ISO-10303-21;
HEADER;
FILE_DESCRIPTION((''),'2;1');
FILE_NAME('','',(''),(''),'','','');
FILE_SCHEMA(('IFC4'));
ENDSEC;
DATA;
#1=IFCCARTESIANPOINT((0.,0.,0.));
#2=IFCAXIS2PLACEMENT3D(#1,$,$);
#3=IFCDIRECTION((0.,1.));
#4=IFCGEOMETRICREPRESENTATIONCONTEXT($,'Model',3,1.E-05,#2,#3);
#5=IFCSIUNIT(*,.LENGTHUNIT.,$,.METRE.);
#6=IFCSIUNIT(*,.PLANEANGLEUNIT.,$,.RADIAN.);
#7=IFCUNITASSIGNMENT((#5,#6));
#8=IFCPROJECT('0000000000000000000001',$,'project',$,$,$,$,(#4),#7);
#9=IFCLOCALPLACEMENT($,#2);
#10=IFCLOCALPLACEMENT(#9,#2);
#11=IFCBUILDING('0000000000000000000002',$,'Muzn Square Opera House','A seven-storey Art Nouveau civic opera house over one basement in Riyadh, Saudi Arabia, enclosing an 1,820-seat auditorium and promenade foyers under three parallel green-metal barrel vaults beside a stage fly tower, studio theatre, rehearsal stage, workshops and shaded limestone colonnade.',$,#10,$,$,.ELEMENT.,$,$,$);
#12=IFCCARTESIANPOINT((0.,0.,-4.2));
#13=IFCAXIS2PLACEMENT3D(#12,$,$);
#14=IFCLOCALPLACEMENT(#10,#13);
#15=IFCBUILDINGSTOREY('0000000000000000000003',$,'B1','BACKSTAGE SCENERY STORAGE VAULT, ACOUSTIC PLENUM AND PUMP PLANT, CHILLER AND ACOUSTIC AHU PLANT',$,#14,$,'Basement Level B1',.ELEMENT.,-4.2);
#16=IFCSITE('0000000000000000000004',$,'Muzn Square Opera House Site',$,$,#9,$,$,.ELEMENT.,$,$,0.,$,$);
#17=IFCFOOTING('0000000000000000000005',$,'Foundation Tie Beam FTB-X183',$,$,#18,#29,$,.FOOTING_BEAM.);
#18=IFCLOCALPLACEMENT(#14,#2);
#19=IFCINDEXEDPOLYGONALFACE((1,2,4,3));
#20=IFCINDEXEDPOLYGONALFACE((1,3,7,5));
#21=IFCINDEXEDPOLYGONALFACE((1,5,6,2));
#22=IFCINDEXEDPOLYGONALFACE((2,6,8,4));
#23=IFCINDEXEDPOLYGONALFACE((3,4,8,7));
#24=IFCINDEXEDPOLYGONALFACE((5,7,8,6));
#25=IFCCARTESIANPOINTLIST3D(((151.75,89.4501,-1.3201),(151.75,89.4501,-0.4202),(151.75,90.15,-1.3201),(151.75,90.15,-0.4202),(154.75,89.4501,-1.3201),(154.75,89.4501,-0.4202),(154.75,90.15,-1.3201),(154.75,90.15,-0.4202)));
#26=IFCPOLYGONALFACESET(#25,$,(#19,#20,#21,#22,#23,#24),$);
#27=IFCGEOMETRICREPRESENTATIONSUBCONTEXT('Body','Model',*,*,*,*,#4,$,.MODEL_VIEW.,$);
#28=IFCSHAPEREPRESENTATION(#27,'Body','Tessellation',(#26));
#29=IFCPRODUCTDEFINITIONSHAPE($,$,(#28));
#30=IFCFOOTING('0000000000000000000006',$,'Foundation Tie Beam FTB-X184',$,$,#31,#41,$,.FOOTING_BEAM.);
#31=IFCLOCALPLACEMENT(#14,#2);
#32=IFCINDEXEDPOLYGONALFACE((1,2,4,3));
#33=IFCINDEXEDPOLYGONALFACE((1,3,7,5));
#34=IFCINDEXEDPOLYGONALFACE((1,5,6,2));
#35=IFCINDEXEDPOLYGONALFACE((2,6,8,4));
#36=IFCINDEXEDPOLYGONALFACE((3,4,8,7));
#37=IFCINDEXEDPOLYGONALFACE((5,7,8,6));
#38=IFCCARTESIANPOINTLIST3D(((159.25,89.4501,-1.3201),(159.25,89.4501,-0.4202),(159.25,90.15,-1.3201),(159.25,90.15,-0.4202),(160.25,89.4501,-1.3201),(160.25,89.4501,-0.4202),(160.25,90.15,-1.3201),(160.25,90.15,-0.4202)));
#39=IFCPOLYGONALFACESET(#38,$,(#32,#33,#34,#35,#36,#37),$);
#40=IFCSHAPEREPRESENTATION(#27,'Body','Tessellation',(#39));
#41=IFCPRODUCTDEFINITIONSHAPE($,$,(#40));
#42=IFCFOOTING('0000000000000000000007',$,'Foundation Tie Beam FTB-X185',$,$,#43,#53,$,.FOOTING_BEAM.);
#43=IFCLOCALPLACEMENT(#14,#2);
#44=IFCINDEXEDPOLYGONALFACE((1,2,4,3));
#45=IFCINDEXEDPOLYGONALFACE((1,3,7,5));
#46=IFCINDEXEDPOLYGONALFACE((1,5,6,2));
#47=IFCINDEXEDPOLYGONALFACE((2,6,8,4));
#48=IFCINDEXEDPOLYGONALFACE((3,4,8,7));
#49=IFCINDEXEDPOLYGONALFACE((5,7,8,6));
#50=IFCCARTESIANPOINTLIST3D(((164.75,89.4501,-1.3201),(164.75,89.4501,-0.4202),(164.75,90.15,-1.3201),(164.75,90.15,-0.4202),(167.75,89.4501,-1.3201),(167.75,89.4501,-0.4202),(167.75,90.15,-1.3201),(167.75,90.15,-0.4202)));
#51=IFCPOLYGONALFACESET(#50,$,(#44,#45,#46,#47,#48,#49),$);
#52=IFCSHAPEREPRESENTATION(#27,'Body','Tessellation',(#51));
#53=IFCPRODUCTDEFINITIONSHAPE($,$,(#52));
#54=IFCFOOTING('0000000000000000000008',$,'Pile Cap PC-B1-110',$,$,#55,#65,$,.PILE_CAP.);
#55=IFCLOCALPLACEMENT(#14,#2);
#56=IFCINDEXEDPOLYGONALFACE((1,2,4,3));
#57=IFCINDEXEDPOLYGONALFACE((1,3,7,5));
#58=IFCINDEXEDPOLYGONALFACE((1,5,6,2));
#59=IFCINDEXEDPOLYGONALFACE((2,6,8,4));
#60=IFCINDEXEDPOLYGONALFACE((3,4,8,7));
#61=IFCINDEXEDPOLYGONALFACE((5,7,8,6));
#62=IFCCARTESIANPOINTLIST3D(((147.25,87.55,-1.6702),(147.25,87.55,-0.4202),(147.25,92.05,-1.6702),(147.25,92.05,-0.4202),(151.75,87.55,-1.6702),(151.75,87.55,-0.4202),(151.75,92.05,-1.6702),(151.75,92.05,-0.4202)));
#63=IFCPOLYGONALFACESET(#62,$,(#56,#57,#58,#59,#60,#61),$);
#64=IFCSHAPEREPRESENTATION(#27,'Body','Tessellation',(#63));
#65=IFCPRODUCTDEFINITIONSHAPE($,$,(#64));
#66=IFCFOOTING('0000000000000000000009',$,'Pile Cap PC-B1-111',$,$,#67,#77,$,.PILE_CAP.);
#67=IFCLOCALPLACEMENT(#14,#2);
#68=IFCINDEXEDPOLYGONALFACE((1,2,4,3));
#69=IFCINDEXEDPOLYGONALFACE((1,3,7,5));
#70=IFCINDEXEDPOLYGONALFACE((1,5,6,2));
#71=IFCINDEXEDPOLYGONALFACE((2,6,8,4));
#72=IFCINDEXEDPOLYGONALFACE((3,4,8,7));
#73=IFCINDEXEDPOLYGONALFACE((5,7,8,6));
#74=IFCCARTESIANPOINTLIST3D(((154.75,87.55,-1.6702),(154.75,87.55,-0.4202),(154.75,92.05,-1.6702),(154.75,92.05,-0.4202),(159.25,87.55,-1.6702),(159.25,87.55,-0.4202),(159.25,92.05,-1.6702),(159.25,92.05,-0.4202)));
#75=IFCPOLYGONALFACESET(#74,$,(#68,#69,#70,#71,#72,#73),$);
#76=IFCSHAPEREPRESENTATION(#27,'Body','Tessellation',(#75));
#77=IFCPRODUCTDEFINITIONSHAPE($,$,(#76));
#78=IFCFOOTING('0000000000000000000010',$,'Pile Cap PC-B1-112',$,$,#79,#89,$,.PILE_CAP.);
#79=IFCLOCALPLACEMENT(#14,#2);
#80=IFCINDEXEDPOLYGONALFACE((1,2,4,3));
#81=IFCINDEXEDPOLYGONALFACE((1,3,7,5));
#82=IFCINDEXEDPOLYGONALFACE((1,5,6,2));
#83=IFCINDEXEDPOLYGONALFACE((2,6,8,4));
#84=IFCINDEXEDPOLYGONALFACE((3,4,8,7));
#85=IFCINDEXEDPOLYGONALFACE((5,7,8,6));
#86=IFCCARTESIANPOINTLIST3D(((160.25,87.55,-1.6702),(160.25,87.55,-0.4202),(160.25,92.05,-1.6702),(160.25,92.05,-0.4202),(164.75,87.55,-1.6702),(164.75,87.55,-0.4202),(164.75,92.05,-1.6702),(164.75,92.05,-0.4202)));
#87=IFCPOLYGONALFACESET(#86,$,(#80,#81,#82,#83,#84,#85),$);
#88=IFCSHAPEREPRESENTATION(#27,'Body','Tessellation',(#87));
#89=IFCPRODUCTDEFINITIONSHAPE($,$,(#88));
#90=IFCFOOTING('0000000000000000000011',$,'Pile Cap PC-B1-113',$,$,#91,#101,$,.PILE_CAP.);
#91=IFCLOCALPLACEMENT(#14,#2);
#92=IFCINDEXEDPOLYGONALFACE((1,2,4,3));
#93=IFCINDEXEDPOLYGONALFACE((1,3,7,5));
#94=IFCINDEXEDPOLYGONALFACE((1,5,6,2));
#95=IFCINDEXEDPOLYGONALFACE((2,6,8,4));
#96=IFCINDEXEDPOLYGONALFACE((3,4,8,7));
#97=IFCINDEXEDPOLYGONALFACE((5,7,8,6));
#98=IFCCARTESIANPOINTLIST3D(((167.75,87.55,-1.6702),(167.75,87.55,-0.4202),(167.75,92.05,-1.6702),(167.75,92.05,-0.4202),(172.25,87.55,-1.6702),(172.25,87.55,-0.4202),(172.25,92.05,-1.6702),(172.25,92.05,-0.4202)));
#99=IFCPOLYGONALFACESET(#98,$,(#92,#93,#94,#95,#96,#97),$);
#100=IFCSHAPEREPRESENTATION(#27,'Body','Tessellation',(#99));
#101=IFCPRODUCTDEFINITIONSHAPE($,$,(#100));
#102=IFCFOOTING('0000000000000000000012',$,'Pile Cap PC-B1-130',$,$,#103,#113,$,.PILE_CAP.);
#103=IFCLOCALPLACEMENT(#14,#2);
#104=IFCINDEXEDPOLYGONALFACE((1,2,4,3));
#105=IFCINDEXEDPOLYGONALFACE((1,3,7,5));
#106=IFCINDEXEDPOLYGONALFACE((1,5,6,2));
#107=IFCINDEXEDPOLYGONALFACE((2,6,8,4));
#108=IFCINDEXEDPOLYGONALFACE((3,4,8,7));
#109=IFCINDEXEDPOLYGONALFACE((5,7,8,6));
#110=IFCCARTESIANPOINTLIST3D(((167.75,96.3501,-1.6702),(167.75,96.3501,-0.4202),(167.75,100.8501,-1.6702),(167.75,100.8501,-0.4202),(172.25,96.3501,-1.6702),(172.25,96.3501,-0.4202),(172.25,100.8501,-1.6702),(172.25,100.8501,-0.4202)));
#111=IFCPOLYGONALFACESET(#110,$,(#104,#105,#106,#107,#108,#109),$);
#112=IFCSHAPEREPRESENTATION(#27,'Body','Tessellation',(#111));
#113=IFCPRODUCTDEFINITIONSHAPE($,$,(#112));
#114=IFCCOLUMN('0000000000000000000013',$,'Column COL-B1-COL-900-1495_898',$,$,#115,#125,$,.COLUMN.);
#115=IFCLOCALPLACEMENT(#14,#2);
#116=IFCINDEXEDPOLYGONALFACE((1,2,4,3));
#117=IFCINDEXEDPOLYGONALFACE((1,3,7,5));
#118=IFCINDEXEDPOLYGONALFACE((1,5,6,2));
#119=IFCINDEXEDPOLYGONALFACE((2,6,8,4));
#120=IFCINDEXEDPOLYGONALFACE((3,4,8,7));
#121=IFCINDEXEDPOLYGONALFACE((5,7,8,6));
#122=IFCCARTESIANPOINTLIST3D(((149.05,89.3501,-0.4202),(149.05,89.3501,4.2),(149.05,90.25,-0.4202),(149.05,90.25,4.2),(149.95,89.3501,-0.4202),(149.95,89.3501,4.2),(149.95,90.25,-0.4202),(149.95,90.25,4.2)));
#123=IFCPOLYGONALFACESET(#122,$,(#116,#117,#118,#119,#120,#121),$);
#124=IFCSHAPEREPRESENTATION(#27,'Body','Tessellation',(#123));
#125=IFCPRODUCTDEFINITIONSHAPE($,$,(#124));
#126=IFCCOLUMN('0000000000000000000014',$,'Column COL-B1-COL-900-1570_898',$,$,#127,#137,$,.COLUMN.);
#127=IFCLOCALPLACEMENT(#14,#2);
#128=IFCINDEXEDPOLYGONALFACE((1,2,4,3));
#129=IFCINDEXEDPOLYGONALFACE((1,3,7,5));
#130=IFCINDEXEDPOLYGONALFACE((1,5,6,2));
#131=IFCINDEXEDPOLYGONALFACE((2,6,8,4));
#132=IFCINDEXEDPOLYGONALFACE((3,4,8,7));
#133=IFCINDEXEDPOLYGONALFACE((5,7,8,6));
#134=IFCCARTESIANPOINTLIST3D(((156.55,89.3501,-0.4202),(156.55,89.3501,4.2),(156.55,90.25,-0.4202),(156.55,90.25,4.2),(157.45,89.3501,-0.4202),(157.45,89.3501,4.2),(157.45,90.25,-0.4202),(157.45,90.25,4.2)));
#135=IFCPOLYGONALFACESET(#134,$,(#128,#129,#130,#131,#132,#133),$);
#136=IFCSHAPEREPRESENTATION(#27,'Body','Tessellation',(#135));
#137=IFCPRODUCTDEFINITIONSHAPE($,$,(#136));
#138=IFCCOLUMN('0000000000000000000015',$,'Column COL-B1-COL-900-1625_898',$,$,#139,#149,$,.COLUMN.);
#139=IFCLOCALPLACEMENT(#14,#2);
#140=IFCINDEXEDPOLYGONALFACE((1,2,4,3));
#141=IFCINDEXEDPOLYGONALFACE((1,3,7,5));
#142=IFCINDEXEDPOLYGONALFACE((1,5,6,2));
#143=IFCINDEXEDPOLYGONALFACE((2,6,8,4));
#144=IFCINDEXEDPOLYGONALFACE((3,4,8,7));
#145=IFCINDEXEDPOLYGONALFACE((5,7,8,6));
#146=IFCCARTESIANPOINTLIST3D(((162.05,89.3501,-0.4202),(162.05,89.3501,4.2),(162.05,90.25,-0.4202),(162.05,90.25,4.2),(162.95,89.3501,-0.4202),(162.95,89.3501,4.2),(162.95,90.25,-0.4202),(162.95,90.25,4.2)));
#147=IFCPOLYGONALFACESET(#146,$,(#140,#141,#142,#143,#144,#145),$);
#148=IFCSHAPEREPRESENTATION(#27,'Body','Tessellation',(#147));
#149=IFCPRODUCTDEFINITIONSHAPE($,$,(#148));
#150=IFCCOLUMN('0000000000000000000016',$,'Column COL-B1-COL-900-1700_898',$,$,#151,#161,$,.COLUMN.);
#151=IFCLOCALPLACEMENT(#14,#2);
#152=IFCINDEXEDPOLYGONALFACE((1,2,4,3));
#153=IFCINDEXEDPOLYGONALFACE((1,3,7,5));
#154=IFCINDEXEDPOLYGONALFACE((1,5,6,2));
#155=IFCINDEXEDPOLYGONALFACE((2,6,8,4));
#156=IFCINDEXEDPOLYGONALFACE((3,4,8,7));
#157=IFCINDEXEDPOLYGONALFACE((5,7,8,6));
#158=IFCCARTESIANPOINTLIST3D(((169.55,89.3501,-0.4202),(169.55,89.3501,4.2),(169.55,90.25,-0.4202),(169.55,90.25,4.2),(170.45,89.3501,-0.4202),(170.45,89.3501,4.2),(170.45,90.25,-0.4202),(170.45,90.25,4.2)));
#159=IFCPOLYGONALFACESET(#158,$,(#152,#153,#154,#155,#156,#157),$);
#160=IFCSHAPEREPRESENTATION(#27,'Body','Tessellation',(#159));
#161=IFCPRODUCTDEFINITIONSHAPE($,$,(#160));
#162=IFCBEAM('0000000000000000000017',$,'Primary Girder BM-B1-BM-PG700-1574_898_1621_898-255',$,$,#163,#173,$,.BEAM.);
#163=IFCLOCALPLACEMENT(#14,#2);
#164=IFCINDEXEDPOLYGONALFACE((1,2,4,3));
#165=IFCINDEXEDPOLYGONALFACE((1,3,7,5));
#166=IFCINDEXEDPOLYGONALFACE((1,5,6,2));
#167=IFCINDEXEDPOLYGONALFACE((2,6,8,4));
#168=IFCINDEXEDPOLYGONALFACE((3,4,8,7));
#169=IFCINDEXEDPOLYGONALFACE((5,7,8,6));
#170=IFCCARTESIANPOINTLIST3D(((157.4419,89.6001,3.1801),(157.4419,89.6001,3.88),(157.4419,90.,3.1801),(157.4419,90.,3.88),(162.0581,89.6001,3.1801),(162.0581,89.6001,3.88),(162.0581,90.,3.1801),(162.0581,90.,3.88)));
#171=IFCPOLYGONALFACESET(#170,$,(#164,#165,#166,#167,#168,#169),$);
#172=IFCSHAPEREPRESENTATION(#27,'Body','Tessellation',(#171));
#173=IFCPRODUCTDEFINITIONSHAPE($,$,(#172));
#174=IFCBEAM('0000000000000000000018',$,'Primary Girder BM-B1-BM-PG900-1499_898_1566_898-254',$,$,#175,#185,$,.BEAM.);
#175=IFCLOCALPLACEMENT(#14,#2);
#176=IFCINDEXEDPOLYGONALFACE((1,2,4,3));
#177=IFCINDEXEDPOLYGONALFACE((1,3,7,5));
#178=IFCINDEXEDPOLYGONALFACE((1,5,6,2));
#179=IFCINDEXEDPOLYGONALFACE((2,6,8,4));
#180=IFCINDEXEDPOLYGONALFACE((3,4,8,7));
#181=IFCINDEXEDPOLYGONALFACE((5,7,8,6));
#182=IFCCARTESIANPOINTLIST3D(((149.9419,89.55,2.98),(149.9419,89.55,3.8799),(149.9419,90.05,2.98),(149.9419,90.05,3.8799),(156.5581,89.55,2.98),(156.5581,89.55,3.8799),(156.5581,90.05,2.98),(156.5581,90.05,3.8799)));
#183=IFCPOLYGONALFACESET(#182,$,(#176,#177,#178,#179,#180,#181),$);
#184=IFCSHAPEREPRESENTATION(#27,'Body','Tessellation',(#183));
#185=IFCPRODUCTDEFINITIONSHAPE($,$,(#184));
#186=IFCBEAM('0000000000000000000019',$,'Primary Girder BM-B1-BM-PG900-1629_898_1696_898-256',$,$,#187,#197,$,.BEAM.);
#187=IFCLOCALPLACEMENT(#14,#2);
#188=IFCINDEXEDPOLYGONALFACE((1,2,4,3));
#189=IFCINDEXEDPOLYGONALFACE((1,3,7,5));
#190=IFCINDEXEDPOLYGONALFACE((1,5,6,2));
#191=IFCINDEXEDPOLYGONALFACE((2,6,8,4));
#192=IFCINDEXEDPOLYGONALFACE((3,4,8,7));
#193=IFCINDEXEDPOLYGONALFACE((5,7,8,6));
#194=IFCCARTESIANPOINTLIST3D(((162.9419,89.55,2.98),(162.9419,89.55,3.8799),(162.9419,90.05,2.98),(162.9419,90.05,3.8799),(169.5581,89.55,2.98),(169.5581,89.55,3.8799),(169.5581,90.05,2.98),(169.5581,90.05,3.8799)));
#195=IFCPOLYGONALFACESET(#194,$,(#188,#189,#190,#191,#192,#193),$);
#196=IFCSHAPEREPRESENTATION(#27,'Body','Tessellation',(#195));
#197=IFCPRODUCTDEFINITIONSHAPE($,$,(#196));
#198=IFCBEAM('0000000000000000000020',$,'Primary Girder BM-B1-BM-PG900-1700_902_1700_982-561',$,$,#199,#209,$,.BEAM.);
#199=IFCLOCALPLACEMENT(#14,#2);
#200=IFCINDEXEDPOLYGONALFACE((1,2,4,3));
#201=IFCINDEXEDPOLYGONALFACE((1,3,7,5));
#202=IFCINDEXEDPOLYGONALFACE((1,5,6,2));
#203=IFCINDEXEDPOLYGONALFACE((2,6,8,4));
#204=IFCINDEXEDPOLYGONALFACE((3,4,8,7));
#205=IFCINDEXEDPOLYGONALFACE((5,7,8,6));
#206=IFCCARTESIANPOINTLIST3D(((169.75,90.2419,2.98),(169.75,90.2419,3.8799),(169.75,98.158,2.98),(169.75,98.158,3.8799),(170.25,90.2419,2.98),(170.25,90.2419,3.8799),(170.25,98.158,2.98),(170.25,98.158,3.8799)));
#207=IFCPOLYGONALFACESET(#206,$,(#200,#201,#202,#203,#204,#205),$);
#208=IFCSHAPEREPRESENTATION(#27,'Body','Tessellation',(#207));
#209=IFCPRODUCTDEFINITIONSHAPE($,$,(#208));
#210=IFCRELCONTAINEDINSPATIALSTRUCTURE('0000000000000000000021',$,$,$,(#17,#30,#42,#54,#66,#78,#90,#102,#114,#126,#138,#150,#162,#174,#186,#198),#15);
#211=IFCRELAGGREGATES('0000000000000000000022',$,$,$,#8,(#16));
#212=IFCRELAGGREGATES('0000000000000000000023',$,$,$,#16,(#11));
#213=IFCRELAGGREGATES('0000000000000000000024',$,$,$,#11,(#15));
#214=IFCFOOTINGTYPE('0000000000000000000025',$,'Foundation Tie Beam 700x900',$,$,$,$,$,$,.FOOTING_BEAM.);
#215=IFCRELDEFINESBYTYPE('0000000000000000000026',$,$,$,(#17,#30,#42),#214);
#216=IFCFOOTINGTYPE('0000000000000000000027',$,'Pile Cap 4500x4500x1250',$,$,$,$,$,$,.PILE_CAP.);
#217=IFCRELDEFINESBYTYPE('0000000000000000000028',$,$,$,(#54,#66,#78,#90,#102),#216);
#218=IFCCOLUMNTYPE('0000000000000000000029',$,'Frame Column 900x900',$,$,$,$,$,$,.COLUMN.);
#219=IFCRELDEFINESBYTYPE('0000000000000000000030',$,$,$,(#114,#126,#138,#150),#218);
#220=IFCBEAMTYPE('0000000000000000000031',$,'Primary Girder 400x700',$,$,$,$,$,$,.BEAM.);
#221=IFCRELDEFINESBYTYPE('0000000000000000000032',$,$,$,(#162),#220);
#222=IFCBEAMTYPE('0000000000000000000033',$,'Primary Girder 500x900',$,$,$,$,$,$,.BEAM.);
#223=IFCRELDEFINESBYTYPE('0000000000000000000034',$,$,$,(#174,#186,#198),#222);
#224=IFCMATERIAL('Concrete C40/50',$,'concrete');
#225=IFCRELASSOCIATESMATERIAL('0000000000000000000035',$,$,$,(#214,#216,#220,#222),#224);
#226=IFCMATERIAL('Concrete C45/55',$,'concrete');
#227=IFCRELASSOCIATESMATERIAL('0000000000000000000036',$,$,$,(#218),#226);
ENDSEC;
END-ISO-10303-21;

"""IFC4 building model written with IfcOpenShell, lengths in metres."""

from ifc_helpers import new_model, si_unit, direction, frame, origin, origin_2d, place, context, subcontext, project, spatial, rectangle, extrude, material, material_profile, profile_set, type_object, element, save


model = new_model("IFC4")

# Units and contexts
model_context = context("Model", 3, precision=1e-05, world=origin(), true_north=direction((0.0, 1.0)))
body_context = subcontext(model_context, "Body", "Model", "MODEL_VIEW")
ifc_project = project(units=[si_unit("LENGTHUNIT", "METRE"), si_unit("PLANEANGLEUNIT", "RADIAN")], contexts=[model_context])

# Site, building, storey
site_placement = place(None, origin())
site = spatial("IfcSite", under=ifc_project, at=site_placement, Name="Muzn Square Opera House Site", CompositionType="ELEMENT", RefElevation=0.0)
building_placement = place(site_placement, origin())
building = spatial("IfcBuilding", under=site, at=building_placement, Name="Muzn Square Opera House", Description="A seven-storey Art Nouveau civic opera house over one basement in Riyadh, Saudi Arabia, enclosing an 1,820-seat auditorium and promenade foyers under three parallel green-metal barrel vaults beside a stage fly tower, studio theatre, rehearsal stage, workshops and shaded limestone colonnade.", CompositionType="ELEMENT")
storey_placement = place(building_placement, frame((0.0, 0.0, -4.2)))
storey = spatial("IfcBuildingStorey", under=building, at=storey_placement, Name="B1", Description="BACKSTAGE SCENERY STORAGE VAULT, ACOUSTIC PLENUM AND PUMP PLANT, CHILLER AND ACOUSTIC AHU PLANT", LongName="Basement Level B1", CompositionType="ELEMENT", Elevation=-4.2)

# Shared definitions
ifc_material_1 = material(Name="Concrete C40/50", Category="concrete")

# Footings
ifc_material_profile_1 = material_profile(ifc_material_1, rectangle(XDim=0.7, YDim=0.8999, at=origin_2d()), Name="RCTB 700x900", Category="concrete")
ifc_profile_set_1 = profile_set([ifc_material_profile_1], Name="Concrete C40/50")
footing_type_1 = type_object("IfcFootingType", Name="Foundation Tie Beam 700x900", PredefinedType="FOOTING_BEAM", material=ifc_profile_set_1)
footing_1_placement = place(storey_placement, frame((151.75, 89.8, -0.8701), z_axis=(1.0, 0.0, 0.0), x_axis=(0.0, 1.0, 0.0)))
element("IfcFooting", 1, at=footing_1_placement, inside=storey, type_object=footing_type_1, Name="Foundation Tie Beam FTB-X183", PredefinedType="FOOTING_BEAM", context=body_context, shape_type="SweptSolid", body=[
    extrude(rectangle(XDim=0.7, YDim=0.8999, at=origin_2d()), origin(), (0.0, 0.0, 1.0), 3.0),
])
footing_2_placement = place(storey_placement, frame((159.25, 89.8, -0.8701), z_axis=(1.0, 0.0, 0.0), x_axis=(0.0, 1.0, 0.0)))
element("IfcFooting", 2, at=footing_2_placement, inside=storey, type_object=footing_type_1, Name="Foundation Tie Beam FTB-X184", PredefinedType="FOOTING_BEAM", context=body_context, shape_type="SweptSolid", body=[
    extrude(rectangle(XDim=0.7, YDim=0.8999, at=origin_2d()), origin(), (0.0, 0.0, 1.0), 1.0),
])
footing_3_placement = place(storey_placement, frame((164.75, 89.8, -0.8701), z_axis=(1.0, 0.0, 0.0), x_axis=(0.0, 1.0, 0.0)))
element("IfcFooting", 3, at=footing_3_placement, inside=storey, type_object=footing_type_1, Name="Foundation Tie Beam FTB-X185", PredefinedType="FOOTING_BEAM", context=body_context, shape_type="SweptSolid", body=[
    extrude(rectangle(XDim=0.7, YDim=0.8999, at=origin_2d()), origin(), (0.0, 0.0, 1.0), 3.0),
])
footing_type_2 = type_object("IfcFootingType", Name="Pile Cap 4500x4500x1250", PredefinedType="PILE_CAP", material=ifc_material_1)
for number, where, z_axis, x_axis, name in (
    (4, (149.5, 89.8, -1.6702), (0.0, 0.0, 1.0), (1.0, 0.0, 0.0), "Pile Cap PC-B1-110"),
    (5, (157.0, 89.8, -1.6702), (0.0, 0.0, 1.0), (1.0, 0.0, 0.0), "Pile Cap PC-B1-111"),
    (6, (162.5, 89.8, -1.6702), (0.0, 0.0, 1.0), (1.0, 0.0, 0.0), "Pile Cap PC-B1-112"),
    (7, (170.0, 89.8, -1.6702), (0.0, 0.0, 1.0), (1.0, 0.0, 0.0), "Pile Cap PC-B1-113"),
    (8, (170.0, 98.6001, -1.6702), (0.0, 0.0, 1.0), (1.0, 0.0, 0.0), "Pile Cap PC-B1-130"),
):
    element("IfcFooting", number, at=place(storey_placement, frame(where, z_axis=z_axis, x_axis=x_axis)), inside=storey, type_object=footing_type_2, Name=name, PredefinedType="PILE_CAP", context=body_context, shape_type="SweptSolid", body=[
        extrude(rectangle(XDim=4.5, YDim=4.5, at=origin_2d()), origin(), (0.0, 0.0, 1.0), 1.25),
    ])

# Columns
ifc_material_2 = material(Name="Concrete C45/55", Category="concrete")
ifc_material_profile_2 = material_profile(ifc_material_2, rectangle(XDim=0.8999, YDim=0.8999, at=origin_2d()), Name="RC 900x900", Category="concrete")
ifc_profile_set_2 = profile_set([ifc_material_profile_2], Name="Concrete C45/55")
column_type = type_object("IfcColumnType", Name="Frame Column 900x900", PredefinedType="COLUMN", material=ifc_profile_set_2)
for number, where, z_axis, x_axis, name in (
    (9, (149.5, 89.8, -0.4202), (0.0, 0.0, 1.0), (1.0, 0.0, 0.0), "Column COL-B1-COL-900-1495_898"),
    (10, (157.0, 89.8, -0.4202), (0.0, 0.0, 1.0), (1.0, 0.0, 0.0), "Column COL-B1-COL-900-1570_898"),
    (11, (162.5, 89.8, -0.4202), (0.0, 0.0, 1.0), (1.0, 0.0, 0.0), "Column COL-B1-COL-900-1625_898"),
    (12, (170.0, 89.8, -0.4202), (0.0, 0.0, 1.0), (1.0, 0.0, 0.0), "Column COL-B1-COL-900-1700_898"),
):
    element("IfcColumn", number, at=place(storey_placement, frame(where, z_axis=z_axis, x_axis=x_axis)), inside=storey, type_object=column_type, Name=name, PredefinedType="COLUMN", context=body_context, shape_type="SweptSolid", body=[
        extrude(rectangle(XDim=0.8999, YDim=0.8999, at=origin_2d()), origin(), (0.0, 0.0, 1.0), 4.6201),
    ])

# Beams
ifc_material_profile_3 = material_profile(ifc_material_1, rectangle(XDim=0.3999, YDim=0.7, at=origin_2d()), Name="RCB 400x700", Category="concrete")
ifc_profile_set_3 = profile_set([ifc_material_profile_3], Name="Concrete C40/50")
beam_type_1 = type_object("IfcBeamType", Name="Primary Girder 400x700", PredefinedType="BEAM", material=ifc_profile_set_3)
beam_1_placement = place(storey_placement, frame((157.4419, 89.8, 3.53), z_axis=(1.0, 0.0, 0.0), x_axis=(0.0, 1.0, 0.0)))
element("IfcBeam", 13, at=beam_1_placement, inside=storey, type_object=beam_type_1, Name="Primary Girder BM-B1-BM-PG700-1574_898_1621_898-255", PredefinedType="BEAM", context=body_context, shape_type="SweptSolid", body=[
    extrude(rectangle(XDim=0.3999, YDim=0.7, at=origin_2d()), origin(), (0.0, 0.0, 1.0), 4.6162),
])
ifc_material_profile_4 = material_profile(ifc_material_1, rectangle(XDim=0.5, YDim=0.8999, at=origin_2d()), Name="RCB 500x900", Category="concrete")
ifc_profile_set_4 = profile_set([ifc_material_profile_4], Name="Concrete C40/50")
beam_type_2 = type_object("IfcBeamType", Name="Primary Girder 500x900", PredefinedType="BEAM", material=ifc_profile_set_4)
for number, where, z_axis, x_axis, name in (
    (14, (149.9419, 89.8, 3.4299), (1.0, 0.0, 0.0), (0.0, 1.0, 0.0), "Primary Girder BM-B1-BM-PG900-1499_898_1566_898-254"),
    (15, (162.9419, 89.8, 3.4299), (1.0, 0.0, 0.0), (0.0, 1.0, 0.0), "Primary Girder BM-B1-BM-PG900-1629_898_1696_898-256"),
):
    element("IfcBeam", number, at=place(storey_placement, frame(where, z_axis=z_axis, x_axis=x_axis)), inside=storey, type_object=beam_type_2, Name=name, PredefinedType="BEAM", context=body_context, shape_type="SweptSolid", body=[
        extrude(rectangle(XDim=0.5, YDim=0.8999, at=origin_2d()), origin(), (0.0, 0.0, 1.0), 6.6162),
    ])
beam_2_placement = place(storey_placement, frame((170.0, 90.2419, 3.4299), z_axis=(0.0, 1.0, 0.0), x_axis=(-1.0, 0.0, 0.0)))
element("IfcBeam", 16, at=beam_2_placement, inside=storey, type_object=beam_type_2, Name="Primary Girder BM-B1-BM-PG900-1700_902_1700_982-561", PredefinedType="BEAM", context=body_context, shape_type="SweptSolid", body=[
    extrude(rectangle(XDim=0.5, YDim=0.8999, at=origin_2d()), origin(), (0.0, 0.0, 1.0), 7.916),
])

save(model, "model.ifc")
